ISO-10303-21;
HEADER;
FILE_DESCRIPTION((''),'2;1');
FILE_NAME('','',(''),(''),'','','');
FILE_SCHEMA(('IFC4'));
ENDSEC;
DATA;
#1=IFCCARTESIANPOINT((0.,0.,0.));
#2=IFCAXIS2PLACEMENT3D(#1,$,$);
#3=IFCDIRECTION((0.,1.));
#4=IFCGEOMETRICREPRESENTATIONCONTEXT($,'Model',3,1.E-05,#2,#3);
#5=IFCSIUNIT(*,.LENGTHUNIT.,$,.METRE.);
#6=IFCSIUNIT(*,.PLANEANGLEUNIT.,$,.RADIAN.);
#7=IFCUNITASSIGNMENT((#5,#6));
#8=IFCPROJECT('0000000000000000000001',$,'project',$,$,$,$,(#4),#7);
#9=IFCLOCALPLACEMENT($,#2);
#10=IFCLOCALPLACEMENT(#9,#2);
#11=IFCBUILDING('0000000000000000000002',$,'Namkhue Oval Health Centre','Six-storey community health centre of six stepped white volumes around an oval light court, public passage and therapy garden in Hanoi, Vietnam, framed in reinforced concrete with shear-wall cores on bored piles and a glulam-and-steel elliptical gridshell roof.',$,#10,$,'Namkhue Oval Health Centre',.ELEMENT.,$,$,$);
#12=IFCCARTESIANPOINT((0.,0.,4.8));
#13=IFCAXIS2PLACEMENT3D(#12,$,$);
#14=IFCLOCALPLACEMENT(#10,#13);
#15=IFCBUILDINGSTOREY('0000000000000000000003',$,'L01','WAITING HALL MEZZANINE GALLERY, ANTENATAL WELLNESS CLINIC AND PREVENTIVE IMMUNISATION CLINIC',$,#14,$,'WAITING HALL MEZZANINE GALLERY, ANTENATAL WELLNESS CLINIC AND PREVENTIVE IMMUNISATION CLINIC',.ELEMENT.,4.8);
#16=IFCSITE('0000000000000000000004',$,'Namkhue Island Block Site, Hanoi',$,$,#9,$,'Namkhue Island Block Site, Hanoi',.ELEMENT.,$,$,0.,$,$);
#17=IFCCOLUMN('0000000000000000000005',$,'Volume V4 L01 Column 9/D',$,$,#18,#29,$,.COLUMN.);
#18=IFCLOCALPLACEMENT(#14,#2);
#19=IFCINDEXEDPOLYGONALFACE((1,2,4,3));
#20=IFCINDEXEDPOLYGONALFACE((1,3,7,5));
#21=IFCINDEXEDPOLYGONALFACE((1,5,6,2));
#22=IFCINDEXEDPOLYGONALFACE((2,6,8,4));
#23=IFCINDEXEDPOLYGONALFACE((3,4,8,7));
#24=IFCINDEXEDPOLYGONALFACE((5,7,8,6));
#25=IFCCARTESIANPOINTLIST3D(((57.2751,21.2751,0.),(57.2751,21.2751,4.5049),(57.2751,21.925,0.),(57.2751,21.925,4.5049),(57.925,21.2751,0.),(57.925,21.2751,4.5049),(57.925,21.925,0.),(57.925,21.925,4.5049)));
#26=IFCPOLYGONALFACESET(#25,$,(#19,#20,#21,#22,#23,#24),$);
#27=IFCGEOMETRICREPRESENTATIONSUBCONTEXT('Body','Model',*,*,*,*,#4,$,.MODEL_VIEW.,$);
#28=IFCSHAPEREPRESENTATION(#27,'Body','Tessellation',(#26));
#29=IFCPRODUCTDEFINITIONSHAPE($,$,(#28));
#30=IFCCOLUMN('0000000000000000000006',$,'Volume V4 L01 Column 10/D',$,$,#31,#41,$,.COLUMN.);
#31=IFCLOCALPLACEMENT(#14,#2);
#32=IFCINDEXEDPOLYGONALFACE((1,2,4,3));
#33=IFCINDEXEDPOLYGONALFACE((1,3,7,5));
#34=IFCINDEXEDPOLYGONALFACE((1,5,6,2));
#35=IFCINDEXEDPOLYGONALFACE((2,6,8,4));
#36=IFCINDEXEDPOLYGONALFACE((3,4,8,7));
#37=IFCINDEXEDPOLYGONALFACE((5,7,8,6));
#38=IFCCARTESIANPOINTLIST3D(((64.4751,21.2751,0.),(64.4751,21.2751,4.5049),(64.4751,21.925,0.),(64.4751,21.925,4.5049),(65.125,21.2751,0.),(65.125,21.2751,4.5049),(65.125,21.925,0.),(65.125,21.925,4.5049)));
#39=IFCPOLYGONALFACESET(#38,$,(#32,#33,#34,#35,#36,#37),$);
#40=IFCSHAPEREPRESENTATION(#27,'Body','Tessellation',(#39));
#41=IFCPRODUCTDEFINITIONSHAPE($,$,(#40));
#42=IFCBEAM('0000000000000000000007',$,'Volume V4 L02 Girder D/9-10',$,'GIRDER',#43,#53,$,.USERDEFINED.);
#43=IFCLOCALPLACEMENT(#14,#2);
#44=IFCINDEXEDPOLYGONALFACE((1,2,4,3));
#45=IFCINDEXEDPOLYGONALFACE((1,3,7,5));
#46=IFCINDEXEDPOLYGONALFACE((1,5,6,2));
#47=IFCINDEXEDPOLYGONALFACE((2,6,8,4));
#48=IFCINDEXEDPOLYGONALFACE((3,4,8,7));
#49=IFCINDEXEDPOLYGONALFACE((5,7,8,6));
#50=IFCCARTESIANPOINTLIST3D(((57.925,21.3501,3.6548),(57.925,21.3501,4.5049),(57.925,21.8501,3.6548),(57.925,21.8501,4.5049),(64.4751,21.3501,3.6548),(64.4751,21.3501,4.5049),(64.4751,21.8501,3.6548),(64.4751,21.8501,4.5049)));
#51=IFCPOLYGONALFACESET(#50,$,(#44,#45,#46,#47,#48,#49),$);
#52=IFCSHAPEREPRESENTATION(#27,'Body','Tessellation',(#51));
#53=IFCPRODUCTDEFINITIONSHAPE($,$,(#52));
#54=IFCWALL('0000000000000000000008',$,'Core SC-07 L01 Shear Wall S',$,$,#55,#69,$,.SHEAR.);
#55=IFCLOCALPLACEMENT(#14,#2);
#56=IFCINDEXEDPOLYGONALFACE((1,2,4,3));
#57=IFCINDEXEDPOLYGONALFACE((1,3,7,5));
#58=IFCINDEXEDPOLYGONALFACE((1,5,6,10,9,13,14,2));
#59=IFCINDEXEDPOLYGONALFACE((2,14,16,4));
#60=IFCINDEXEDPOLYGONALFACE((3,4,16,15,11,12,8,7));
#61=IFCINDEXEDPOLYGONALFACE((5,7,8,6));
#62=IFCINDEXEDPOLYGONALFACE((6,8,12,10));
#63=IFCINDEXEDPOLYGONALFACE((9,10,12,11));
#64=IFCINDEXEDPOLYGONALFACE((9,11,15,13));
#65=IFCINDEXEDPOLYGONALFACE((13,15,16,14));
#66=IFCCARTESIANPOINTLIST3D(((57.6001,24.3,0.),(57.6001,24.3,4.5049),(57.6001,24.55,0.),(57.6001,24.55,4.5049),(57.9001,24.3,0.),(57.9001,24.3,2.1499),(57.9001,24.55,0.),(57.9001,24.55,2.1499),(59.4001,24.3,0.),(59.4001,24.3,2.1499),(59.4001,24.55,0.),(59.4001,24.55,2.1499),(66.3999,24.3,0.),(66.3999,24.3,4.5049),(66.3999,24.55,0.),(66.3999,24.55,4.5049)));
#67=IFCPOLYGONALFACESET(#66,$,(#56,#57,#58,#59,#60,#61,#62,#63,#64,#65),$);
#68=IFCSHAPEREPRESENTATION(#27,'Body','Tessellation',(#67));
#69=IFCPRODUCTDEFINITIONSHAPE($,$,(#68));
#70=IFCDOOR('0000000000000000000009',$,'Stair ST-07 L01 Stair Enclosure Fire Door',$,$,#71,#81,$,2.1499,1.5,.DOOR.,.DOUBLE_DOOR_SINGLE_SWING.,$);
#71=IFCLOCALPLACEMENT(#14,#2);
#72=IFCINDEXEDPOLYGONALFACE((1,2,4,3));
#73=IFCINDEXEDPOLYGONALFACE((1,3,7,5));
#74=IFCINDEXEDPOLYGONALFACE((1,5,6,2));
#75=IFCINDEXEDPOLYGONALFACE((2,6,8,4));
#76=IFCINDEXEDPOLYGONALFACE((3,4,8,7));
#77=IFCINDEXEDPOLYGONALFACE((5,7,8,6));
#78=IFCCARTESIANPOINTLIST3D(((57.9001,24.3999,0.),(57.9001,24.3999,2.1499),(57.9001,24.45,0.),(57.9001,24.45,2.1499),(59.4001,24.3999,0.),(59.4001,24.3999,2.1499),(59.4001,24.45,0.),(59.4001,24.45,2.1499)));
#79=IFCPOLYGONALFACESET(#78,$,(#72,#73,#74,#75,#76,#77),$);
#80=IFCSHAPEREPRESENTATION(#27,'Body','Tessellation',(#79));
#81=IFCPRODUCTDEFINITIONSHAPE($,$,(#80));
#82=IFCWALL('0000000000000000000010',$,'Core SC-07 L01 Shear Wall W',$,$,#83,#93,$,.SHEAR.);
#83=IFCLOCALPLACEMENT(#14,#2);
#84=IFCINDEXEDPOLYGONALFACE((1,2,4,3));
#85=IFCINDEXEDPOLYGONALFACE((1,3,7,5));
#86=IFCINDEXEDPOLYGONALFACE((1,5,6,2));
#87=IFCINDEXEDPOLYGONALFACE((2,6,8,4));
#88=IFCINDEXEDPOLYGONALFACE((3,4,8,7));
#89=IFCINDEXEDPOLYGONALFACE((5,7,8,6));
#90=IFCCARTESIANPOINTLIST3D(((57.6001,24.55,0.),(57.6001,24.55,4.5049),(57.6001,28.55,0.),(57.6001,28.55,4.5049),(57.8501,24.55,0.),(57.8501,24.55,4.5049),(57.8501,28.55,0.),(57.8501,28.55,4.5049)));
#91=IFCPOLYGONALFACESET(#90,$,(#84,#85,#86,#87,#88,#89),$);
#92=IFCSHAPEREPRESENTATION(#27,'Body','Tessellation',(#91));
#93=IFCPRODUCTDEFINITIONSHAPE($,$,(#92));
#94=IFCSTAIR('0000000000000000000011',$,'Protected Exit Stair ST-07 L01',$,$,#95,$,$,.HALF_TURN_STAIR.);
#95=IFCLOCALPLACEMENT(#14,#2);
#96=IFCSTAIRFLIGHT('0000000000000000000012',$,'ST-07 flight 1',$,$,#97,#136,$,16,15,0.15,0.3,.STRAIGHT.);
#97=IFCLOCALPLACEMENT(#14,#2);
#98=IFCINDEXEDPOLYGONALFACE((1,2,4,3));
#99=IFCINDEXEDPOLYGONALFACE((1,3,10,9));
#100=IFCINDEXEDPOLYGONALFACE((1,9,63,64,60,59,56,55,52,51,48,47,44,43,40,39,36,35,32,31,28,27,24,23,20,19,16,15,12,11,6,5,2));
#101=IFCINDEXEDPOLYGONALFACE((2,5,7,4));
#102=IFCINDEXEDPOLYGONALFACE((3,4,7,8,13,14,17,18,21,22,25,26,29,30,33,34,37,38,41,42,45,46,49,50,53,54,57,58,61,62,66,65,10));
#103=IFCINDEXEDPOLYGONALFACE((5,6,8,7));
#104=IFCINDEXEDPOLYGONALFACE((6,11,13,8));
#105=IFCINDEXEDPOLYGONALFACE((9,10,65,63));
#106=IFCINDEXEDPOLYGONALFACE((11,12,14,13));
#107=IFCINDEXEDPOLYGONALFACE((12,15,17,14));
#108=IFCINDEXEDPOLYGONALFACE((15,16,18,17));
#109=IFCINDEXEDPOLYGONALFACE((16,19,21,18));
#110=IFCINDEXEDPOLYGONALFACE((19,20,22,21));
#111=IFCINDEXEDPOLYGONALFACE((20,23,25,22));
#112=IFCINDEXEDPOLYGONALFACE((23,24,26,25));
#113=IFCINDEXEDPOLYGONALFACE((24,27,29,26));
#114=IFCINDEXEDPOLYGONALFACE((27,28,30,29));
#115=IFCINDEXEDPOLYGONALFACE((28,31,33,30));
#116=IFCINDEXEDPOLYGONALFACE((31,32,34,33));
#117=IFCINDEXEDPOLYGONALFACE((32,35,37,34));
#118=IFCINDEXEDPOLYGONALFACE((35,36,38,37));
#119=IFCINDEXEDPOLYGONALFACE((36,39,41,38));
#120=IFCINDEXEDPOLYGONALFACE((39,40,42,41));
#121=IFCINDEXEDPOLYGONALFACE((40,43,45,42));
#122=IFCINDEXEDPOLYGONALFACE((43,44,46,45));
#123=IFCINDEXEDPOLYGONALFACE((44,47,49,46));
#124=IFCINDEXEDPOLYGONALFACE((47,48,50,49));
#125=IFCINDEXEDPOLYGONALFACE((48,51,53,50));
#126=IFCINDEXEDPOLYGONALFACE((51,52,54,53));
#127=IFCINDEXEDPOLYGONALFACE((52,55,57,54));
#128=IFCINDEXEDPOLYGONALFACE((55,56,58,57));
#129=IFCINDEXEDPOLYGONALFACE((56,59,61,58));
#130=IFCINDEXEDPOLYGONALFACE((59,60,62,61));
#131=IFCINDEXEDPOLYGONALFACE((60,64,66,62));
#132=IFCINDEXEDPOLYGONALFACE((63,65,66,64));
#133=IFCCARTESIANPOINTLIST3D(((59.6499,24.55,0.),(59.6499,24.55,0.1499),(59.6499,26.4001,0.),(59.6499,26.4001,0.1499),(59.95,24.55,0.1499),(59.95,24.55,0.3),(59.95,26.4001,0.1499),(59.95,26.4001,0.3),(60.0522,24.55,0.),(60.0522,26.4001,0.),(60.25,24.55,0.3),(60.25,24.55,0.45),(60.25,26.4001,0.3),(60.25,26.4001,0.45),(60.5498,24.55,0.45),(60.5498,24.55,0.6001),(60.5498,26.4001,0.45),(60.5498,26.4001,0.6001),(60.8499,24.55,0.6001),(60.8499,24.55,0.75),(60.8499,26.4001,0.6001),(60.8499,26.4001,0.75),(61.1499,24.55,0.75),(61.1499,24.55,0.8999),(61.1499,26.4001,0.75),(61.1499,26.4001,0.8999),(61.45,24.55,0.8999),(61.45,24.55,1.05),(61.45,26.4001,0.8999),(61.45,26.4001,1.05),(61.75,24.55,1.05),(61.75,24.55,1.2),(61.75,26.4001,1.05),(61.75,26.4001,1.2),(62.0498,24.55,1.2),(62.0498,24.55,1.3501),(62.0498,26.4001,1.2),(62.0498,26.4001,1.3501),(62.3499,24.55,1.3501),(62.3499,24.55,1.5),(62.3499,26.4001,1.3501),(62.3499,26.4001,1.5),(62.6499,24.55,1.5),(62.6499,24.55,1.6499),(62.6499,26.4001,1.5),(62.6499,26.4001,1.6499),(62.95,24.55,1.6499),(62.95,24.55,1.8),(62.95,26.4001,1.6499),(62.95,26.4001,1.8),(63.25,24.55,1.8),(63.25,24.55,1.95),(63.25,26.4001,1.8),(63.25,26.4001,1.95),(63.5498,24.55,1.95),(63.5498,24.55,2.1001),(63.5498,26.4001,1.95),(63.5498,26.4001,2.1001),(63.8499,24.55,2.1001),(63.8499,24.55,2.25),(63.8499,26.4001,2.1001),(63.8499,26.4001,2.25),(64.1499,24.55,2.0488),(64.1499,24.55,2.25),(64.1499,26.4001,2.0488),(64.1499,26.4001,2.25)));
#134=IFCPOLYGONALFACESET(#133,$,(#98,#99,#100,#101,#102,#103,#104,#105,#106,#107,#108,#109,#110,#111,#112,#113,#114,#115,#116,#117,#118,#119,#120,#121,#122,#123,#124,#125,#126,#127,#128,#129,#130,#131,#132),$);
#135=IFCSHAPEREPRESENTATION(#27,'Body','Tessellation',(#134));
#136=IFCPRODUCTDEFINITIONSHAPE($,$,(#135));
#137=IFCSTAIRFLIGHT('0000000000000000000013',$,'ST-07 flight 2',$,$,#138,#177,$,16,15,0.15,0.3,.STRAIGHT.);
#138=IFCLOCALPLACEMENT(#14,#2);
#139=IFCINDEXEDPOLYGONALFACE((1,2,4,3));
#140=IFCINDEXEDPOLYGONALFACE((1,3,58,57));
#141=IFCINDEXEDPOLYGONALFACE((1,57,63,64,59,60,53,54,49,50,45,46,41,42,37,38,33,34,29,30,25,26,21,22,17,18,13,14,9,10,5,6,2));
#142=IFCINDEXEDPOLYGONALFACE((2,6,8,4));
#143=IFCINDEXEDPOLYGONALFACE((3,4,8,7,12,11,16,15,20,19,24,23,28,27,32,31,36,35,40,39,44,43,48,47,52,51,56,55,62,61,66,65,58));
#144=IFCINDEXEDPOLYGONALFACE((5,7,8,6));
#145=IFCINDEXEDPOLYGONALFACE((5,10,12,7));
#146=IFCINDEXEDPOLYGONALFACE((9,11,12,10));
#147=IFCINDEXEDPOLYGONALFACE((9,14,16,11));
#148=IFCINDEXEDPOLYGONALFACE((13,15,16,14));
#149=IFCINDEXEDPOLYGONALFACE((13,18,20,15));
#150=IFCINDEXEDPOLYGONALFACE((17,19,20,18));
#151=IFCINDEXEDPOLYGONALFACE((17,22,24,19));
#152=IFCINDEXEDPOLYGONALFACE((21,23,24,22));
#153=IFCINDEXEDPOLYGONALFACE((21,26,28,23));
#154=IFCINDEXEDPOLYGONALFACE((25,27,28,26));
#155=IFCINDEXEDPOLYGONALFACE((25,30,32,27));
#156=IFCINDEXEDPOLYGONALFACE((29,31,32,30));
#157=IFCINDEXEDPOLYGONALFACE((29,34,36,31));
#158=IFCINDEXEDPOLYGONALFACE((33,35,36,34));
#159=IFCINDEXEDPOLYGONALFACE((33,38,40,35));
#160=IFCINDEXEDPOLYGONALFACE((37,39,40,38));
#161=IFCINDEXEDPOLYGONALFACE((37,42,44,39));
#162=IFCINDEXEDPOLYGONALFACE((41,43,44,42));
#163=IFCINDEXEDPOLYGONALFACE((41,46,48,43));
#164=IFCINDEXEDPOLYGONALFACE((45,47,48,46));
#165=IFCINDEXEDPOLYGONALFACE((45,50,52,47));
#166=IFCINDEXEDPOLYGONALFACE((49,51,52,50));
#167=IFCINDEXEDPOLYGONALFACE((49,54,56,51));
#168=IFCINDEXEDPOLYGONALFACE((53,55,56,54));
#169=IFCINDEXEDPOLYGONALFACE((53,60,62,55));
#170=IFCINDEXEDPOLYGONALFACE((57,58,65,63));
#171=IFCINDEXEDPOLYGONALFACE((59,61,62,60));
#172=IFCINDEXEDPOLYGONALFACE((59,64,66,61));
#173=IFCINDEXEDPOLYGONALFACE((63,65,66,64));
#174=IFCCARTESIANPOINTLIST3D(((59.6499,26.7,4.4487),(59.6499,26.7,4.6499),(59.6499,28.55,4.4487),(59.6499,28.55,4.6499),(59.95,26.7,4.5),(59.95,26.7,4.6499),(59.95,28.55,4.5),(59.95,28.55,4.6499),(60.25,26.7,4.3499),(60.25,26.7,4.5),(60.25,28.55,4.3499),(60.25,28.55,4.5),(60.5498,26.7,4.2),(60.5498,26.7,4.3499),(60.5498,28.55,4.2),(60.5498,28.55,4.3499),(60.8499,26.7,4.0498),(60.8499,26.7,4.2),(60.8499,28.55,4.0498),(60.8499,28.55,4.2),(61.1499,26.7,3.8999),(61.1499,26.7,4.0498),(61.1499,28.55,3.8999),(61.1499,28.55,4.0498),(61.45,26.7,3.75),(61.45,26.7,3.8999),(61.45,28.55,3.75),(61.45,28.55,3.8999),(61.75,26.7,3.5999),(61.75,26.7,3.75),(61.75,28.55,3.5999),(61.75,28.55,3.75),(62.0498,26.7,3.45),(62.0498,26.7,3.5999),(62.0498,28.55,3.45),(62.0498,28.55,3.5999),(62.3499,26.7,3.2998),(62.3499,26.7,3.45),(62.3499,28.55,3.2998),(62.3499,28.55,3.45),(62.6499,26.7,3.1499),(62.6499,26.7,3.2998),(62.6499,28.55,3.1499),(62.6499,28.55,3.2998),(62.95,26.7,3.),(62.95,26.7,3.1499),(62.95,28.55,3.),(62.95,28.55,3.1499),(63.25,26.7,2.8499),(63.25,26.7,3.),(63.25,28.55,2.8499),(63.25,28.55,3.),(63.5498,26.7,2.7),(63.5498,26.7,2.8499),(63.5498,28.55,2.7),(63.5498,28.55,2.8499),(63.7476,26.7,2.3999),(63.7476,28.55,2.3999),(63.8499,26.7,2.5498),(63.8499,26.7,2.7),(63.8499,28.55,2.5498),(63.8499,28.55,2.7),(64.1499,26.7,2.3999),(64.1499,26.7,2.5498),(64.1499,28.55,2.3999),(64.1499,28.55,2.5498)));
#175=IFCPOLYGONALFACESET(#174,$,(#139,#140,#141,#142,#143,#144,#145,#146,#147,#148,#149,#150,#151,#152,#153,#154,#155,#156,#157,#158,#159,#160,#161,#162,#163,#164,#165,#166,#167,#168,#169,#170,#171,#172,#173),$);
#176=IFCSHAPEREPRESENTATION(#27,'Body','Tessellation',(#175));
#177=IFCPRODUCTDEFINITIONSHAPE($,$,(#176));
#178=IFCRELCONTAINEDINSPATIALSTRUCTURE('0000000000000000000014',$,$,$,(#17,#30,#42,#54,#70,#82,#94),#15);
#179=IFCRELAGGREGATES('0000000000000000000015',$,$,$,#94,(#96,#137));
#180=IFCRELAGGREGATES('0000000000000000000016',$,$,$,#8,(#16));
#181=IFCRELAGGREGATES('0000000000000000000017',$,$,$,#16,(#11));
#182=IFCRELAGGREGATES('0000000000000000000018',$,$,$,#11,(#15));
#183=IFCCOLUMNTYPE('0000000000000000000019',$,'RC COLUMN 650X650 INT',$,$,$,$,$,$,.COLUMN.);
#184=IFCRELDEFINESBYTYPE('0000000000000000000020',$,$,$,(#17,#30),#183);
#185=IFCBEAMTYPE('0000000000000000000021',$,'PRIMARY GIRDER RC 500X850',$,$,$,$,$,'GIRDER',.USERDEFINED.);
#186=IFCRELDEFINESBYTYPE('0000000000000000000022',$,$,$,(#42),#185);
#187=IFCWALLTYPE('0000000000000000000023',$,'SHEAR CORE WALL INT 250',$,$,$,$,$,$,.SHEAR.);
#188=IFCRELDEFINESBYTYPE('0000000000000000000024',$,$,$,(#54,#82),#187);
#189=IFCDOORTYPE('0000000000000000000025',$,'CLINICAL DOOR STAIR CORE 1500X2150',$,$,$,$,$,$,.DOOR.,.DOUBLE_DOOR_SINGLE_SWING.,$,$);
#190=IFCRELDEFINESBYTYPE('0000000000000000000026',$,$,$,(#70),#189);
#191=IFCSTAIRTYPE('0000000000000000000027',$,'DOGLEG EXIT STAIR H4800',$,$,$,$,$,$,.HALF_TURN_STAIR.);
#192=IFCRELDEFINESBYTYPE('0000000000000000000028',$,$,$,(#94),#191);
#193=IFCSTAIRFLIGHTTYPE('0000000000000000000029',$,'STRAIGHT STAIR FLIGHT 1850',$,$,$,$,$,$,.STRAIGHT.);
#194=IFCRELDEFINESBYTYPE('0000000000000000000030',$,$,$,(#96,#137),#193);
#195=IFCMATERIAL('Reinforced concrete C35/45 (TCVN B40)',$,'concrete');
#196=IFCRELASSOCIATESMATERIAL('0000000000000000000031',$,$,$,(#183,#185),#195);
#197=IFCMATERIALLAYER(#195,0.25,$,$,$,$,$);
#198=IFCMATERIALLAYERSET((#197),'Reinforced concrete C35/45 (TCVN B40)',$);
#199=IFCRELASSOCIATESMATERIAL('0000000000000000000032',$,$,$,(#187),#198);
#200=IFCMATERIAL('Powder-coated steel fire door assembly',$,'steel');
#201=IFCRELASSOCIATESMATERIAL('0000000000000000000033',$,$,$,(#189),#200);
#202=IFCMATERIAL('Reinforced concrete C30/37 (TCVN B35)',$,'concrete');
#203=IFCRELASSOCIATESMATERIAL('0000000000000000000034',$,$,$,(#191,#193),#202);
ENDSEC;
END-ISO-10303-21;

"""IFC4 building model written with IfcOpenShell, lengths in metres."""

from ifc_helpers import new_model, si_unit, direction, frame, frame_2d, origin, origin_2d, place, context, subcontext, project, spatial, polyline, rectangle, outline, extrude, material, layer, layer_set, material_profile, profile_set, type_object, element, fill, aggregate, save


model = new_model("IFC4")

# Units and contexts
model_context = context("Model", 3, precision=1e-05, world=origin(), true_north=direction((0.0, 1.0)))
body_context = subcontext(model_context, "Body", "Model", "MODEL_VIEW")
ifc_project = project(units=[si_unit("LENGTHUNIT", "METRE"), si_unit("PLANEANGLEUNIT", "RADIAN")], contexts=[model_context])

# Site, building, storey
site_placement = place(None, origin())
site = spatial("IfcSite", under=ifc_project, at=site_placement, Name="Namkhue Island Block Site, Hanoi", LongName="Namkhue Island Block Site, Hanoi", CompositionType="ELEMENT", RefElevation=0.0)
building_placement = place(site_placement, origin())
building = spatial("IfcBuilding", under=site, at=building_placement, Name="Namkhue Oval Health Centre", Description="Six-storey community health centre of six stepped white volumes around an oval light court, public passage and therapy garden in Hanoi, Vietnam, framed in reinforced concrete with shear-wall cores on bored piles and a glulam-and-steel elliptical gridshell roof.", LongName="Namkhue Oval Health Centre", CompositionType="ELEMENT")
storey_placement = place(building_placement, frame((0.0, 0.0, 4.8)))
storey = spatial("IfcBuildingStorey", under=building, at=storey_placement, Name="L01", Description="WAITING HALL MEZZANINE GALLERY, ANTENATAL WELLNESS CLINIC AND PREVENTIVE IMMUNISATION CLINIC", LongName="WAITING HALL MEZZANINE GALLERY, ANTENATAL WELLNESS CLINIC AND PREVENTIVE IMMUNISATION CLINIC", CompositionType="ELEMENT", Elevation=4.8)

# Columns
ifc_material_1 = material(Name="Reinforced concrete C35/45 (TCVN B40)", Category="concrete")
ifc_material_profile_1 = material_profile(ifc_material_1, rectangle(XDim=0.6499, YDim=0.6499, at=origin_2d()), Name="RC 650x650")
ifc_profile_set_1 = profile_set([ifc_material_profile_1], Name="Reinforced concrete C35/45 (TCVN B40)")
column_type = type_object("IfcColumnType", Name="RC COLUMN 650X650 INT", PredefinedType="COLUMN", material=ifc_profile_set_1)
for number, where, z_axis, x_axis, name in (
    (1, (57.6001, 21.6001, 0.0), (0.0, 0.0, 1.0), (1.0, 0.0, 0.0), "Volume V4 L01 Column 9/D"),
    (2, (64.8, 21.6001, 0.0), (0.0, 0.0, 1.0), (1.0, 0.0, 0.0), "Volume V4 L01 Column 10/D"),
):
    element("IfcColumn", number, at=place(storey_placement, frame(where, z_axis=z_axis, x_axis=x_axis)), inside=storey, type_object=column_type, Name=name, PredefinedType="COLUMN", context=body_context, shape_type="SweptSolid", body=[
        extrude(rectangle(XDim=0.6499, YDim=0.6499, at=origin_2d()), origin(), (0.0, 0.0, 1.0), 4.5049),
    ])

# Beam
ifc_material_profile_2 = material_profile(ifc_material_1, rectangle(XDim=0.5, YDim=0.8501, at=origin_2d()), Name="RC 500x850")
ifc_profile_set_2 = profile_set([ifc_material_profile_2], Name="Reinforced concrete C35/45 (TCVN B40)")
beam_type = type_object("IfcBeamType", Name="PRIMARY GIRDER RC 500X850", ElementType="GIRDER", PredefinedType="USERDEFINED", material=ifc_profile_set_2)
beam_placement = place(storey_placement, frame((57.925, 21.6001, 4.0798), z_axis=(1.0, 0.0, 0.0), x_axis=(0.0, 1.0, 0.0)))
element("IfcBeam", 3, at=beam_placement, inside=storey, type_object=beam_type, Name="Volume V4 L02 Girder D/9-10", ObjectType="GIRDER", PredefinedType="USERDEFINED", context=body_context, shape_type="SweptSolid", body=[
    extrude(rectangle(XDim=0.5, YDim=0.8501, at=origin_2d()), origin(), (0.0, 0.0, 1.0), 6.55),
])

# Shared definitions
ifc_material_2 = material(Name="Powder-coated steel fire door assembly", Category="steel")

# Wall, opening, door
ifc_layer_1 = layer(ifc_material_1, 0.25)
ifc_layer_set_1 = layer_set([ifc_layer_1], Name="Reinforced concrete C35/45 (TCVN B40)")
wall_type_1 = type_object("IfcWallType", Name="SHEAR CORE WALL INT 250", PredefinedType="SHEAR", material=ifc_layer_set_1)
wall_1_placement = place(storey_placement, frame((57.6001, 24.425, 0.0), z_axis=(0.0, 0.0, 1.0), x_axis=(1.0, 0.0, 0.0)))
wall_1 = element("IfcWall", 4, at=wall_1_placement, inside=storey, type_object=wall_type_1, Name="Core SC-07 L01 Shear Wall S", PredefinedType="SHEAR", context=body_context, shape_type="SweptSolid", body=[
    extrude(rectangle(XDim=8.7998, YDim=0.25, at=frame_2d((4.3999, 0.0))), origin(), (0.0, 0.0, 1.0), 4.5049),
])
opening_1_placement = place(wall_1_placement, frame((0.3, 0.0, 0.0)))
opening_1 = element("IfcOpeningElement", 5, at=opening_1_placement, cuts=wall_1, PredefinedType="OPENING", context=body_context, shape_type="SweptSolid", body=[
    extrude(rectangle(XDim=1.5, YDim=2.1499, at=frame_2d((0.75, 1.075))), frame((0.0, 0.135, 0.0), z_axis=(0.0, -1.0, 0.0), x_axis=(1.0, 0.0, 0.0)), (0.0, 0.0, 1.0), 0.27),
])
door_type_1 = type_object("IfcDoorType", Name="CLINICAL DOOR STAIR CORE 1500X2150", OperationType="DOUBLE_DOOR_SINGLE_SWING", PredefinedType="DOOR", material=ifc_material_2)
door_1_placement = place(opening_1_placement, origin())
door_1 = element("IfcDoor", 6, at=door_1_placement, inside=storey, type_object=door_type_1, Name="Stair ST-07 L01 Stair Enclosure Fire Door", OperationType="DOUBLE_DOOR_SINGLE_SWING", OverallHeight=2.1499, OverallWidth=1.5, PredefinedType="DOOR", context=body_context, shape_type="SweptSolid", body=[
    extrude(rectangle(XDim=1.5, YDim=2.1499, at=frame_2d((0.75, 1.075))), frame((0.0, 0.0249, 0.0), z_axis=(0.0, -1.0, 0.0), x_axis=(1.0, 0.0, 0.0)), (0.0, 0.0, 1.0), 0.05),
])
fill(opening_1, door_1)

# Wall
wall_2_placement = place(storey_placement, frame((57.7251, 28.55, 0.0), z_axis=(0.0, 0.0, 1.0), x_axis=(0.0, -1.0, 0.0)))
element("IfcWall", 7, at=wall_2_placement, inside=storey, type_object=wall_type_1, Name="Core SC-07 L01 Shear Wall W", PredefinedType="SHEAR", context=body_context, shape_type="SweptSolid", body=[
    extrude(rectangle(XDim=4.0, YDim=0.25, at=frame_2d((2.0, 0.0))), origin(), (0.0, 0.0, 1.0), 4.5049),
])

# Stair, stair flights
ifc_material_3 = material(Name="Reinforced concrete C30/37 (TCVN B35)", Category="concrete")
stair_type = type_object("IfcStairType", Name="DOGLEG EXIT STAIR H4800", PredefinedType="HALF_TURN_STAIR", material=ifc_material_3)
stair_placement = place(storey_placement, origin())
stair = element("IfcStair", 8, at=stair_placement, inside=storey, type_object=stair_type, Name="Protected Exit Stair ST-07 L01", PredefinedType="HALF_TURN_STAIR")
stair_flight_type = type_object("IfcStairFlightType", Name="STRAIGHT STAIR FLIGHT 1850", PredefinedType="STRAIGHT", material=ifc_material_3)
stair_flight_1_placement = place(storey_placement, frame((59.6499, 25.4751, 0.0), z_axis=(0.0, 0.0, 1.0), x_axis=(1.0, 0.0, 0.0)))
stair_flight_1 = element("IfcStairFlight", 9, at=stair_flight_1_placement, type_object=stair_flight_type, Name="ST-07 flight 1", NumberOfRisers=16, NumberOfTreads=15, PredefinedType="STRAIGHT", RiserHeight=0.15, TreadLength=0.3, context=body_context, shape_type="SweptSolid", body=[
    extrude(outline(polyline([(0.0, 0.0), (0.0, 0.1499), (0.3, 0.1499), (0.3, 0.3), (0.6001, 0.3), (0.6001, 0.45), (0.8999, 0.45), (0.8999, 0.6001), (1.2, 0.6001), (1.2, 0.75), (1.5, 0.75), (1.5, 0.8999), (1.8, 0.8999), (1.8, 1.05), (2.1001, 1.05), (2.1001, 1.2), (2.3999, 1.2), (2.3999, 1.3501), (2.7, 1.3501), (2.7, 1.5), (3.0, 1.5), (3.0, 1.6499), (3.3, 1.6499), (3.3, 1.8), (3.6001, 1.8), (3.6001, 1.95), (3.8999, 1.95), (3.8999, 2.1001), (4.2, 2.1001), (4.2, 2.25), (4.5, 2.25), (4.5, 2.3999), (4.5, 2.0488), (0.4023, 0.0), (0.0, 0.0)])), frame((0.0, 0.925, 0.0), z_axis=(0.0, -1.0, 0.0), x_axis=(1.0, 0.0, 0.0)), (0.0, 0.0, 1.0), 1.8501),
])
stair_flight_2_placement = place(storey_placement, frame((64.1499, 27.625, 2.3999), z_axis=(0.0, 0.0, 1.0), x_axis=(-1.0, 0.0, 0.0)))
stair_flight_2 = element("IfcStairFlight", 10, at=stair_flight_2_placement, type_object=stair_flight_type, Name="ST-07 flight 2", NumberOfRisers=16, NumberOfTreads=15, PredefinedType="STRAIGHT", RiserHeight=0.15, TreadLength=0.3, context=body_context, shape_type="SweptSolid", body=[
    extrude(outline(polyline([(0.0, 0.0), (0.0, 0.1499), (0.3, 0.1499), (0.3, 0.3), (0.6001, 0.3), (0.6001, 0.45), (0.8999, 0.45), (0.8999, 0.6001), (1.2, 0.6001), (1.2, 0.75), (1.5, 0.75), (1.5, 0.8999), (1.8, 0.8999), (1.8, 1.05), (2.1001, 1.05), (2.1001, 1.2), (2.3999, 1.2), (2.3999, 1.3501), (2.7, 1.3501), (2.7, 1.5), (3.0, 1.5), (3.0, 1.6499), (3.3, 1.6499), (3.3, 1.8), (3.6001, 1.8), (3.6001, 1.95), (3.8999, 1.95), (3.8999, 2.1001), (4.2, 2.1001), (4.2, 2.25), (4.5, 2.25), (4.5, 2.3999), (4.5, 2.0488), (0.4023, 0.0), (0.0, 0.0)])), frame((0.0, 0.925, 0.0), z_axis=(0.0, -1.0, 0.0), x_axis=(1.0, 0.0, 0.0)), (0.0, 0.0, 1.0), 1.8501),
])
aggregate(stair, [stair_flight_1, stair_flight_2])

save(model, "model.ifc")
